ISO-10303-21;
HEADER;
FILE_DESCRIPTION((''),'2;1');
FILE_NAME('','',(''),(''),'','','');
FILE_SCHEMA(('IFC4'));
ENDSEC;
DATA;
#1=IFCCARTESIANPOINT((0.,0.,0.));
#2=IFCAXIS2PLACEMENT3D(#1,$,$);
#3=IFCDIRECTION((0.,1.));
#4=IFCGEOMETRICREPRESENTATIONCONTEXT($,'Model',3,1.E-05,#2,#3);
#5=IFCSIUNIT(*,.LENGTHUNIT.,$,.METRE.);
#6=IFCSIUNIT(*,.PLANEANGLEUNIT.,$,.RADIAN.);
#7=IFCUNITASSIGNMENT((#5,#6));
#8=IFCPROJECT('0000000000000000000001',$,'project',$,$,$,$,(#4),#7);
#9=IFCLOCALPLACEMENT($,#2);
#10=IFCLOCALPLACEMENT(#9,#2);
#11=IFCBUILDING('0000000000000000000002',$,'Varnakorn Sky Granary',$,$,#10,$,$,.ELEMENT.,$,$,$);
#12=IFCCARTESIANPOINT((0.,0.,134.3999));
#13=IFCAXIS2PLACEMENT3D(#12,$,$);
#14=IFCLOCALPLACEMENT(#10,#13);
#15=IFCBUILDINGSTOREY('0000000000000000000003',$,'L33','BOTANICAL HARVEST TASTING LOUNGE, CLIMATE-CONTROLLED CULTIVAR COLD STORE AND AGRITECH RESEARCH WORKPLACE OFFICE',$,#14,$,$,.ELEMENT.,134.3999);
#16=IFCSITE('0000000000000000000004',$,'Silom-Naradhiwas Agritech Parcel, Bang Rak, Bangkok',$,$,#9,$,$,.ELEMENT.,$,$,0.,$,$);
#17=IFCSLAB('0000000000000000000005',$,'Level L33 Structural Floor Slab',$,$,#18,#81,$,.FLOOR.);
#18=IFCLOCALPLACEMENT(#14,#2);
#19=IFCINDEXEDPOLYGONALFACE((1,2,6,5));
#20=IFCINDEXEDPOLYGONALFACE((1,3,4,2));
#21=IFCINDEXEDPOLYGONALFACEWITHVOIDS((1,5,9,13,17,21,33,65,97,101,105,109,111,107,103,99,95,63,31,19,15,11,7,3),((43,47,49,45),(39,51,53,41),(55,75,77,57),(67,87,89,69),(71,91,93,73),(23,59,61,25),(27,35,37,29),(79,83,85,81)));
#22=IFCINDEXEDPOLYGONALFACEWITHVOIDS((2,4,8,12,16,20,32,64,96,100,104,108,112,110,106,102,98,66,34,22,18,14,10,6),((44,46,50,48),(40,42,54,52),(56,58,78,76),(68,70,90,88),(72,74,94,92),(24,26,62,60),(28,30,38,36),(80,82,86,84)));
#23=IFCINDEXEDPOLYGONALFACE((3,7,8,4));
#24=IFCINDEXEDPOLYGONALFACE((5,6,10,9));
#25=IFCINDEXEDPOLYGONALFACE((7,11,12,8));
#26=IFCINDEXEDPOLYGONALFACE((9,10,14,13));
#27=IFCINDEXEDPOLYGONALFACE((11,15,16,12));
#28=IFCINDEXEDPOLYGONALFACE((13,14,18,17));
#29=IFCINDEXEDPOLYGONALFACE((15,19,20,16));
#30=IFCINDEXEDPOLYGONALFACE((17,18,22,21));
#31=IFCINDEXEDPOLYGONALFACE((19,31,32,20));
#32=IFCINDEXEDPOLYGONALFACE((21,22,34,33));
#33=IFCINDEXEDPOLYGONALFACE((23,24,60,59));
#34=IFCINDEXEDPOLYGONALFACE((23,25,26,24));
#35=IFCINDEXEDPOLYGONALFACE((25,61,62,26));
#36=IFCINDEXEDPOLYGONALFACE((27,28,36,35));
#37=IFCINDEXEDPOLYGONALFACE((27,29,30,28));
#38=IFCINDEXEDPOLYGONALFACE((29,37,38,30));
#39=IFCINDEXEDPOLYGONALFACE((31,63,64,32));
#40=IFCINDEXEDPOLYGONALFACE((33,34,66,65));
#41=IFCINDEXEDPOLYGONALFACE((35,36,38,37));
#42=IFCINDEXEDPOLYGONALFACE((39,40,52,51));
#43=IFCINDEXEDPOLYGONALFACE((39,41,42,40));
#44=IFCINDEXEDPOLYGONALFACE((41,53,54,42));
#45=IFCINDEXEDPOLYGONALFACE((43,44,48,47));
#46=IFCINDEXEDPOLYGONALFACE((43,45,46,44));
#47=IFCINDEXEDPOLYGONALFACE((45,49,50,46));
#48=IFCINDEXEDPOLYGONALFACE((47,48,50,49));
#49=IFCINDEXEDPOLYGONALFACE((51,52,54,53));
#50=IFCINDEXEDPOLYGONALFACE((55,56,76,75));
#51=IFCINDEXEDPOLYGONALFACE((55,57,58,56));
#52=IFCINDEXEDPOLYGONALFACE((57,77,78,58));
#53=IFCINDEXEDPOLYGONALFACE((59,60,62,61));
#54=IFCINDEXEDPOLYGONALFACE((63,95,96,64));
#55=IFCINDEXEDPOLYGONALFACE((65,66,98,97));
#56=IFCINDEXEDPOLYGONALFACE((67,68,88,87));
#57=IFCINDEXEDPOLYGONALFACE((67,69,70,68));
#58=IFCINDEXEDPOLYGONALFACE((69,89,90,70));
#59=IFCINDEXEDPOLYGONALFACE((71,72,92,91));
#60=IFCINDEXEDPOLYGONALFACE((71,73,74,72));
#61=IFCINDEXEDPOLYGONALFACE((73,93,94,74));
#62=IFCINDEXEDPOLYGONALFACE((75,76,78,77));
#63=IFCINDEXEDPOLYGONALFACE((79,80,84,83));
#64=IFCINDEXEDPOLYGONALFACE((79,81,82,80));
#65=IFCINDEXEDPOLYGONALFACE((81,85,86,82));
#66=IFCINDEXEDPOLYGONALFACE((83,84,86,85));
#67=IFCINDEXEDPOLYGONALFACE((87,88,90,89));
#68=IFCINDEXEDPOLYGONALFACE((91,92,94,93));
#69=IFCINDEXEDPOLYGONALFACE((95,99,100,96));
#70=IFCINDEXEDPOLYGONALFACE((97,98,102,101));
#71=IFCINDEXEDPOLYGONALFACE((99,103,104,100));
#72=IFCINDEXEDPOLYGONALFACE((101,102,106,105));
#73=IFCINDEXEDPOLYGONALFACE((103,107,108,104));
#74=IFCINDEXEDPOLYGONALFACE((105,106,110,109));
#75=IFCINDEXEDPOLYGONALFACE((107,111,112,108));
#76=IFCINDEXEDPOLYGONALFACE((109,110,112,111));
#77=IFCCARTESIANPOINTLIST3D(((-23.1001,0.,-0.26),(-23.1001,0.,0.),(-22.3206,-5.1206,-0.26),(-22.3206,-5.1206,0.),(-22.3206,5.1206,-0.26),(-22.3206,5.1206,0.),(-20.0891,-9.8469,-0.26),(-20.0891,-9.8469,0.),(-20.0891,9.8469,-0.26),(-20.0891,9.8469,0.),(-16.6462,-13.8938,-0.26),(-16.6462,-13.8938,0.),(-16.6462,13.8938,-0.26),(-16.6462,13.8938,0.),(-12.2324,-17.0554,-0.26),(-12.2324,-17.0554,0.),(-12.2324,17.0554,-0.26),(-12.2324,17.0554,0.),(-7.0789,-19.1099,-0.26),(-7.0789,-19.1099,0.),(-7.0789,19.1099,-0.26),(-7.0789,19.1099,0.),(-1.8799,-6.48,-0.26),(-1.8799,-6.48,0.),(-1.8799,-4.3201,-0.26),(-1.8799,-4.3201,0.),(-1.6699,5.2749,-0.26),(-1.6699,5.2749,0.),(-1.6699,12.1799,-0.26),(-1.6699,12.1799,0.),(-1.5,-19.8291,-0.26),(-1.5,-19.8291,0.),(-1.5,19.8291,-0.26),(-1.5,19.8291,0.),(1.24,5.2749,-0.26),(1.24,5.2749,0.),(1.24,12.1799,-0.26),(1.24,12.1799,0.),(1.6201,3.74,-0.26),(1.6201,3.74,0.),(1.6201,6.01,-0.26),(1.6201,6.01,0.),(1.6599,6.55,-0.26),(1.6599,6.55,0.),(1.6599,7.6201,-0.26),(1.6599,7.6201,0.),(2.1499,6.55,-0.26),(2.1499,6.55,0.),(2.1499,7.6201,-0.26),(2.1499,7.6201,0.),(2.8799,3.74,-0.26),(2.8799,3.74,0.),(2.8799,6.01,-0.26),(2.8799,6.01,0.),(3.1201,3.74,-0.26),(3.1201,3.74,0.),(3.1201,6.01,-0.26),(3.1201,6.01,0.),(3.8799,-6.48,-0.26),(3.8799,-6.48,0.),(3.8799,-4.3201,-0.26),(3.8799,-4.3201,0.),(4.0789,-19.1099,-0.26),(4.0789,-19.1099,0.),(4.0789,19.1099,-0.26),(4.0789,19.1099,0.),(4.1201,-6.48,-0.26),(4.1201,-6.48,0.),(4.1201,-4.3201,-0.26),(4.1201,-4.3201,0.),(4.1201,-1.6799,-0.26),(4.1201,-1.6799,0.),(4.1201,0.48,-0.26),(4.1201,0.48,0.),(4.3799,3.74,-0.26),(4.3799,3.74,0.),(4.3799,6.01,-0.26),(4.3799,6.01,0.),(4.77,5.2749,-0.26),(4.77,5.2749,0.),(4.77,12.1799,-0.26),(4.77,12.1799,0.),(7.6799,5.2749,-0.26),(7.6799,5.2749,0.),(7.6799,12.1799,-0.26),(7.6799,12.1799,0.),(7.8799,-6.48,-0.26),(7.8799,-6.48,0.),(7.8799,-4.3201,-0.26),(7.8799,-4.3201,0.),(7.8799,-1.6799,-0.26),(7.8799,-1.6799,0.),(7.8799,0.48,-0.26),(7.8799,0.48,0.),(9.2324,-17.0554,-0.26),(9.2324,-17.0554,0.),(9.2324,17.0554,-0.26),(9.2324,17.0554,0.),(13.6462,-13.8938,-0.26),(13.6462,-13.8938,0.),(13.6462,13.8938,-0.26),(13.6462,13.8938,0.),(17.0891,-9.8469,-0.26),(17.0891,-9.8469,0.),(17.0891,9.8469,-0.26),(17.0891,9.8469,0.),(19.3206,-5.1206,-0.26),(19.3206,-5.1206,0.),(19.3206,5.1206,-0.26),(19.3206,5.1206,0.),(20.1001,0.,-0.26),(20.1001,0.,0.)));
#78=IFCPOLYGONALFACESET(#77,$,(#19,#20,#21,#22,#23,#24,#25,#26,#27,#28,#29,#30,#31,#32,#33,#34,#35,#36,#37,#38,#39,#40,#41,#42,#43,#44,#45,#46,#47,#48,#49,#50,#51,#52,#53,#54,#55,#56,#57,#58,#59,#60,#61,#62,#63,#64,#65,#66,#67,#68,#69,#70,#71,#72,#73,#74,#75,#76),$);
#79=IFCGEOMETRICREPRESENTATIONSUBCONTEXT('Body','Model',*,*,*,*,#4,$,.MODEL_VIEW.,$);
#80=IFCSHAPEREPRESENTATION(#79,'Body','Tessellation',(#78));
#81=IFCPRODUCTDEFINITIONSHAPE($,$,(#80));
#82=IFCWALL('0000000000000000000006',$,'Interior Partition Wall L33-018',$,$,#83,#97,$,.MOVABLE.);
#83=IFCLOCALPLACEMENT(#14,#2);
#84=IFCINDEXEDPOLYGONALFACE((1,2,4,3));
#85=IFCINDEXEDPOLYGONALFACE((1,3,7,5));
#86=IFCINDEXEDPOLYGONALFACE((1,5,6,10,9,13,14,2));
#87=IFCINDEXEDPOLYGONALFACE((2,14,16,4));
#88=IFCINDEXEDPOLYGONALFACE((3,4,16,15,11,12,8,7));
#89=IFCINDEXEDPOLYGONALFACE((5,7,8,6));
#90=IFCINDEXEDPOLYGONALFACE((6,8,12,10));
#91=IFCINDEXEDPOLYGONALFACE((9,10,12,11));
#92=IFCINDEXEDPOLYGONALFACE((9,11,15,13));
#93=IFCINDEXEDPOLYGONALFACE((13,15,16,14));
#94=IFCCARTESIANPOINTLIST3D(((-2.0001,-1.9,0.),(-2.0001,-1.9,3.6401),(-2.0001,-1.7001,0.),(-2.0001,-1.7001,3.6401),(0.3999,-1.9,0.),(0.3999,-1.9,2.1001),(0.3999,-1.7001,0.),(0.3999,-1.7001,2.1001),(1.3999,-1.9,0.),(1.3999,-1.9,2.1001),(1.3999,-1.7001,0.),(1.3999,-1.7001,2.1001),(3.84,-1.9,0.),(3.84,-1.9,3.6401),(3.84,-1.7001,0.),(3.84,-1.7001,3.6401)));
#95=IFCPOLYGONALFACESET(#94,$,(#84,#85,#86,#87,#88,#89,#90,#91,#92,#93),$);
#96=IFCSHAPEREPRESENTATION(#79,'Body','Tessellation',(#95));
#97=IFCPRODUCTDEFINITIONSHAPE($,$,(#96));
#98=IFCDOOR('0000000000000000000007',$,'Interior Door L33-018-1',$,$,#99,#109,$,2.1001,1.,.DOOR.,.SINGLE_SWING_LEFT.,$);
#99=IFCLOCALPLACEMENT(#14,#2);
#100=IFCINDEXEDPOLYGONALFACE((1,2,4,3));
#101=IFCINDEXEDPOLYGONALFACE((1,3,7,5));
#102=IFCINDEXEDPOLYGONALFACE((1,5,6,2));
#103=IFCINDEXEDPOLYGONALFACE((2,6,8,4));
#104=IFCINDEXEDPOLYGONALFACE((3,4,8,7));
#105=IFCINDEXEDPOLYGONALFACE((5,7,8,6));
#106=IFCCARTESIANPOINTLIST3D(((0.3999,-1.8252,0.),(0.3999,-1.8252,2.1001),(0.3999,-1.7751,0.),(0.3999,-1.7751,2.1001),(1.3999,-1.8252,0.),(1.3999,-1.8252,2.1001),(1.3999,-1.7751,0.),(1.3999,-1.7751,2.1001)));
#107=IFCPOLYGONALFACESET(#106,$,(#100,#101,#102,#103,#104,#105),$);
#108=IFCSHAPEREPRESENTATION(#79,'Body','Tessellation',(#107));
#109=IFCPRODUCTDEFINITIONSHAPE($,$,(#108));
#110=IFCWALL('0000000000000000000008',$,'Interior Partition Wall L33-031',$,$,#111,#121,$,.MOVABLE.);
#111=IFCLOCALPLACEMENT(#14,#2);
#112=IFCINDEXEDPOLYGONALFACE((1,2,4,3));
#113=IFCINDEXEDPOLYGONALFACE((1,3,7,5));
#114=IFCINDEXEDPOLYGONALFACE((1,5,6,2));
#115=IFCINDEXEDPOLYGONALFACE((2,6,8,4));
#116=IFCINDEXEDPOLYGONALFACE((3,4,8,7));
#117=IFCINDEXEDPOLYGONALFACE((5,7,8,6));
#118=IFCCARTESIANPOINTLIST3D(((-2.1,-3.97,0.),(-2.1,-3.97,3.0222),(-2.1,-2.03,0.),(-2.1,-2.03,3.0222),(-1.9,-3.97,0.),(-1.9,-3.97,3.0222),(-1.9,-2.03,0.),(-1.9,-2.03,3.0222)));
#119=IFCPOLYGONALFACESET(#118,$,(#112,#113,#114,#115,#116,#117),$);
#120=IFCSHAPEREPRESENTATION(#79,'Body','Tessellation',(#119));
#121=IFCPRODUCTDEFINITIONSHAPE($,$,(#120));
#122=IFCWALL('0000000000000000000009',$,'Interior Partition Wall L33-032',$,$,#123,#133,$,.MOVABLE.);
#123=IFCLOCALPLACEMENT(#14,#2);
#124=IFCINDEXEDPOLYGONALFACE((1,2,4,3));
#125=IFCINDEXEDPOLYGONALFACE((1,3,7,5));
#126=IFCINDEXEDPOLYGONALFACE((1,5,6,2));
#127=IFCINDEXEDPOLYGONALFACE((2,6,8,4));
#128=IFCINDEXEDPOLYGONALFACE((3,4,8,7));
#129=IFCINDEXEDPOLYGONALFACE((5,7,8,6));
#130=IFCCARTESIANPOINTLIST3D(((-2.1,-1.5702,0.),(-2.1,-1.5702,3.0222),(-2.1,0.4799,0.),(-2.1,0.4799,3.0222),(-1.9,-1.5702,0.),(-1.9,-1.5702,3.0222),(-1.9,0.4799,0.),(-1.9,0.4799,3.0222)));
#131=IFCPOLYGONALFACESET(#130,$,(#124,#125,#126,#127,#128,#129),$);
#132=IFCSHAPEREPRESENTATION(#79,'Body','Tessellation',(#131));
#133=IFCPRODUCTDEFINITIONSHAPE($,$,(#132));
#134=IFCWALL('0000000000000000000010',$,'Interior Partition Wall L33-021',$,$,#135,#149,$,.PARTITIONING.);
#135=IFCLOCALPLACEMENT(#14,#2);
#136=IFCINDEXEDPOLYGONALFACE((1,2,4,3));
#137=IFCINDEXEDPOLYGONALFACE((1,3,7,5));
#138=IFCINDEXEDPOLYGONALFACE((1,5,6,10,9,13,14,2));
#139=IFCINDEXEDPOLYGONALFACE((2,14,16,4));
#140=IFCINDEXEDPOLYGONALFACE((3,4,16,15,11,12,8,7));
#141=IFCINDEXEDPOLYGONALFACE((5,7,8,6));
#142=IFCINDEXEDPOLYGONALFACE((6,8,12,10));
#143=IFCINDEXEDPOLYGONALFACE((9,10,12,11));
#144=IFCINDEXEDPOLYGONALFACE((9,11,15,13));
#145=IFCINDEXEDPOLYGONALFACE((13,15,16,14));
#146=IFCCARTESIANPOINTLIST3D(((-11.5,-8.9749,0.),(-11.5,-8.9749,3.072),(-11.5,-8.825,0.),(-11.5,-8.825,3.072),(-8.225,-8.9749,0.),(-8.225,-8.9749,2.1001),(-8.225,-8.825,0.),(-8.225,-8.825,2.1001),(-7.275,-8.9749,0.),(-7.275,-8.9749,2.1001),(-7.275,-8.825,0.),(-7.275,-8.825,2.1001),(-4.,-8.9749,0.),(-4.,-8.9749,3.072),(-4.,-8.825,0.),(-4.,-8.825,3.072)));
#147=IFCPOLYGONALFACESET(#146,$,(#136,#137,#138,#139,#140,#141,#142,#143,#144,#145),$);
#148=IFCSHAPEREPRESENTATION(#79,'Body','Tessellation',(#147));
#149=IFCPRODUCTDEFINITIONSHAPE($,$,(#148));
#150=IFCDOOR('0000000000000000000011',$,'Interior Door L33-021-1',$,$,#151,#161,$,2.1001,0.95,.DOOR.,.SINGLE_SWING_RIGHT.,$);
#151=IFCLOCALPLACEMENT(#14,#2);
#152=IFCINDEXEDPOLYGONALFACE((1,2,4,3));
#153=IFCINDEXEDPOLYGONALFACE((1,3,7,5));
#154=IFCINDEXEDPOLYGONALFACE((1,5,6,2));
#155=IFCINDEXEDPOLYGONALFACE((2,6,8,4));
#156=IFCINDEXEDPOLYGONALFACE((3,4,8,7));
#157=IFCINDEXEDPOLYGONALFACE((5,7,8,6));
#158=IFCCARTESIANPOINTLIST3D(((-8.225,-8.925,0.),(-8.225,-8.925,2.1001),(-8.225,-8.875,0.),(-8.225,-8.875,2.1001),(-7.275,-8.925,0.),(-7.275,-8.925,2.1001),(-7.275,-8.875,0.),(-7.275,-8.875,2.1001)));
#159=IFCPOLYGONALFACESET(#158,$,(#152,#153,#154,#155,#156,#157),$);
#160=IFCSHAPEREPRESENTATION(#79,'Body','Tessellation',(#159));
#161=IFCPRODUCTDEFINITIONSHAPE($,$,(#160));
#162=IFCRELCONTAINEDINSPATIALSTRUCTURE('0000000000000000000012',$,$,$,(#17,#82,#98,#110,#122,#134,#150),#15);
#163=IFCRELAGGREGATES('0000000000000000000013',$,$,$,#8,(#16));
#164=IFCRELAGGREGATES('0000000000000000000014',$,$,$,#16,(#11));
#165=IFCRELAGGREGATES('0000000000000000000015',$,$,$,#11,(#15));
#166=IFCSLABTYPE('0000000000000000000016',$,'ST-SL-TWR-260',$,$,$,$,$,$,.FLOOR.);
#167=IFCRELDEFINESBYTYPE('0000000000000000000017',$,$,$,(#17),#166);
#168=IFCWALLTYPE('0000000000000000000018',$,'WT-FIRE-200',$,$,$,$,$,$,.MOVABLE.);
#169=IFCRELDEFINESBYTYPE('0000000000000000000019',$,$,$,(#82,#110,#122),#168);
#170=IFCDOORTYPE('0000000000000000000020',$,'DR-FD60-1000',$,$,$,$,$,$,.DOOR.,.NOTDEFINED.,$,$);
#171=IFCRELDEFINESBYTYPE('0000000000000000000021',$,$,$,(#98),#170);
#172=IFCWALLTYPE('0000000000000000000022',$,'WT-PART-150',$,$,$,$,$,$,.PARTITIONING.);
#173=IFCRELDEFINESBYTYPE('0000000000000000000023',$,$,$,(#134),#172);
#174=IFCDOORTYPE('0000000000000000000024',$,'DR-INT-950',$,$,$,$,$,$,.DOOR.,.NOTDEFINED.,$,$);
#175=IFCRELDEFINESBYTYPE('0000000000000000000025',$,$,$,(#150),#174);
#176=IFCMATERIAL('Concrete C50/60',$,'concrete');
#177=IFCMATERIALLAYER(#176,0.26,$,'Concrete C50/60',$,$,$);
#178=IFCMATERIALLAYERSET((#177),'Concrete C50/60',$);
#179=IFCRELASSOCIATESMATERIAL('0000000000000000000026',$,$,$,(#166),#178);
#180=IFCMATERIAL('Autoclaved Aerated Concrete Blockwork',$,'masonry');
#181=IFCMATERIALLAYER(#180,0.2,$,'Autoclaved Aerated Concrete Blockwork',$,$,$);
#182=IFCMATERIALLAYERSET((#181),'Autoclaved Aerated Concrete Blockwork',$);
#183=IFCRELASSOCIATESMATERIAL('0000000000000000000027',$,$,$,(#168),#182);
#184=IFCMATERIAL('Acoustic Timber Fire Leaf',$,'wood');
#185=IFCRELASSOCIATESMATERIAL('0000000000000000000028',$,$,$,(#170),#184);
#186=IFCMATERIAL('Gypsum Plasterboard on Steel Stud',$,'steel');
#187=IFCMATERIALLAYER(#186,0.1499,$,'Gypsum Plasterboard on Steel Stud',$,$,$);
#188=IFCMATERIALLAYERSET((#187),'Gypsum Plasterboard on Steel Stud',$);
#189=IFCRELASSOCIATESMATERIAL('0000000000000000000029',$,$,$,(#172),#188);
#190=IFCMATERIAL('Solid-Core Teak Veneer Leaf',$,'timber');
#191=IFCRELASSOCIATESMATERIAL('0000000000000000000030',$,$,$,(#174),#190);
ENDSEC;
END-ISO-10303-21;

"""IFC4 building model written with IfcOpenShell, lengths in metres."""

from ifc_helpers import new_model, si_unit, direction, frame, frame_2d, origin, place, context, subcontext, project, spatial, polyline, rectangle, outline, extrude, material, layer, layer_set, type_object, element, fill, save


model = new_model("IFC4")

# Units and contexts
model_context = context("Model", 3, precision=1e-05, world=origin(), true_north=direction((0.0, 1.0)))
body_context = subcontext(model_context, "Body", "Model", "MODEL_VIEW")
ifc_project = project(units=[si_unit("LENGTHUNIT", "METRE"), si_unit("PLANEANGLEUNIT", "RADIAN")], contexts=[model_context])

# Site, building, storey
site_placement = place(None, origin())
site = spatial("IfcSite", under=ifc_project, at=site_placement, Name="Silom-Naradhiwas Agritech Parcel, Bang Rak, Bangkok", CompositionType="ELEMENT", RefElevation=0.0)
building_placement = place(site_placement, origin())
building = spatial("IfcBuilding", under=site, at=building_placement, Name="Varnakorn Sky Granary", CompositionType="ELEMENT")
storey_placement = place(building_placement, frame((0.0, 0.0, 134.3999)))
storey = spatial("IfcBuildingStorey", under=building, at=storey_placement, Name="L33", Description="BOTANICAL HARVEST TASTING LOUNGE, CLIMATE-CONTROLLED CULTIVAR COLD STORE AND AGRITECH RESEARCH WORKPLACE OFFICE", CompositionType="ELEMENT", Elevation=134.3999)

# Shared definitions
ifc_material_1 = material(Name="Concrete C50/60", Category="concrete")

# Slab
ifc_layer_1 = layer(ifc_material_1, 0.26, Name="Concrete C50/60")
ifc_layer_set_1 = layer_set([ifc_layer_1], Name="Concrete C50/60")
slab_type_1 = type_object("IfcSlabType", Name="ST-SL-TWR-260", PredefinedType="FLOOR", material=ifc_layer_set_1)
slab_1_placement = place(storey_placement, frame((0.0, 0.0, -0.26)))
element("IfcSlab", 1, at=slab_1_placement, inside=storey, type_object=slab_type_1, Name="Level L33 Structural Floor Slab", PredefinedType="FLOOR", context=body_context, shape_type="SweptSolid", body=[
    extrude(outline(polyline([(20.1001, 0.0), (19.3206, 5.1206), (17.0891, 9.8469), (13.6462, 13.8938), (9.2324, 17.0554), (4.0789, 19.1099), (-1.5, 19.8291), (-7.0789, 19.1099), (-12.2324, 17.0554), (-16.6462, 13.8938), (-20.0891, 9.8469), (-22.3206, 5.1206), (-23.1001, 0.0), (-22.3206, -5.1206), (-20.0891, -9.8469), (-16.6462, -13.8938), (-12.2324, -17.0554), (-7.0789, -19.1099), (-1.5, -19.8291), (4.0789, -19.1099), (9.2324, -17.0554), (13.6462, -13.8938), (17.0891, -9.8469), (19.3206, -5.1206), (20.1001, 0.0)]), holes=[polyline([(1.24, 5.2749), (1.24, 12.1799), (-1.6699, 12.1799), (-1.6699, 5.2749), (1.24, 5.2749)]), polyline([(7.6799, 5.2749), (7.6799, 12.1799), (4.77, 12.1799), (4.77, 5.2749), (7.6799, 5.2749)]), polyline([(1.6599, 6.55), (2.1499, 6.55), (2.1499, 7.6201), (1.6599, 7.6201), (1.6599, 6.55)]), polyline([(1.6201, 3.74), (2.8799, 3.74), (2.8799, 6.01), (1.6201, 6.01), (1.6201, 3.74)]), polyline([(3.1201, 3.74), (4.3799, 3.74), (4.3799, 6.01), (3.1201, 6.01), (3.1201, 3.74)]), polyline([(4.1201, -1.6799), (7.8799, -1.6799), (7.8799, 0.48), (4.1201, 0.48), (4.1201, -1.6799)]), polyline([(-1.8799, -6.48), (3.8799, -6.48), (3.8799, -4.3201), (-1.8799, -4.3201), (-1.8799, -6.48)]), polyline([(4.1201, -6.48), (7.8799, -6.48), (7.8799, -4.3201), (4.1201, -4.3201), (4.1201, -6.48)])]), origin(), (0.0, 0.0, 1.0), 0.26),
])

# Wall, opening, door
ifc_material_2 = material(Name="Autoclaved Aerated Concrete Blockwork", Category="masonry")
ifc_layer_2 = layer(ifc_material_2, 0.2, Name="Autoclaved Aerated Concrete Blockwork")
ifc_layer_set_2 = layer_set([ifc_layer_2], Name="Autoclaved Aerated Concrete Blockwork")
wall_type_1 = type_object("IfcWallType", Name="WT-FIRE-200", PredefinedType="MOVABLE", material=ifc_layer_set_2)
wall_1_placement = place(storey_placement, frame((-2.0, -1.8, 0.0), z_axis=(0.0, 0.0, 1.0), x_axis=(1.0, 0.0, 0.0)))
wall_1 = element("IfcWall", 2, at=wall_1_placement, inside=storey, type_object=wall_type_1, Name="Interior Partition Wall L33-018", PredefinedType="MOVABLE", context=body_context, shape_type="SweptSolid", body=[
    extrude(rectangle(XDim=5.8401, YDim=0.2, at=frame_2d((2.9199, 0.0))), origin(), (0.0, 0.0, 1.0), 3.6401),
])
opening_1_placement = place(wall_1_placement, frame((2.3999, 0.0, 0.0)))
opening_1 = element("IfcOpeningElement", 3, at=opening_1_placement, cuts=wall_1, PredefinedType="OPENING", context=body_context, shape_type="SweptSolid", body=[
    extrude(rectangle(XDim=1.0, YDim=2.1001, at=frame_2d((0.5, 1.05))), frame((0.0, 0.1099, 0.0), z_axis=(0.0, -1.0, 0.0), x_axis=(1.0, 0.0, 0.0)), (0.0, 0.0, 1.0), 0.22),
])
ifc_material_3 = material(Name="Acoustic Timber Fire Leaf", Category="wood")
door_type_1 = type_object("IfcDoorType", Name="DR-FD60-1000", OperationType="NOTDEFINED", PredefinedType="DOOR", material=ifc_material_3)
door_1_placement = place(opening_1_placement, origin())
door_1 = element("IfcDoor", 4, at=door_1_placement, inside=storey, type_object=door_type_1, Name="Interior Door L33-018-1", OperationType="SINGLE_SWING_LEFT", OverallHeight=2.1001, OverallWidth=1.0, PredefinedType="DOOR", context=body_context, shape_type="SweptSolid", body=[
    extrude(rectangle(XDim=1.0, YDim=2.1001, at=frame_2d((0.5, 1.05))), frame((0.0, 0.0249, 0.0), z_axis=(0.0, -1.0, 0.0), x_axis=(1.0, 0.0, 0.0)), (0.0, 0.0, 1.0), 0.05),
])
fill(opening_1, door_1)

# Walls
wall_2_placement = place(storey_placement, frame((-2.0, -3.97, 0.0), z_axis=(0.0, 0.0, 1.0), x_axis=(0.0, 1.0, 0.0)))
element("IfcWall", 5, at=wall_2_placement, inside=storey, type_object=wall_type_1, Name="Interior Partition Wall L33-031", PredefinedType="MOVABLE", context=body_context, shape_type="SweptSolid", body=[
    extrude(rectangle(XDim=1.9399, YDim=0.2, at=frame_2d((0.97, 0.0))), origin(), (0.0, 0.0, 1.0), 3.0222),
])
wall_3_placement = place(storey_placement, frame((-2.0, -1.5701, 0.0), z_axis=(0.0, 0.0, 1.0), x_axis=(0.0, 1.0, 0.0)))
element("IfcWall", 6, at=wall_3_placement, inside=storey, type_object=wall_type_1, Name="Interior Partition Wall L33-032", PredefinedType="MOVABLE", context=body_context, shape_type="SweptSolid", body=[
    extrude(rectangle(XDim=2.05, YDim=0.2, at=frame_2d((1.0249, 0.0))), origin(), (0.0, 0.0, 1.0), 3.0222),
])

# Wall, opening, door
ifc_material_4 = material(Name="Gypsum Plasterboard on Steel Stud", Category="steel")
ifc_layer_3 = layer(ifc_material_4, 0.1499, Name="Gypsum Plasterboard on Steel Stud")
ifc_layer_set_3 = layer_set([ifc_layer_3], Name="Gypsum Plasterboard on Steel Stud")
wall_type_2 = type_object("IfcWallType", Name="WT-PART-150", PredefinedType="PARTITIONING", material=ifc_layer_set_3)
wall_4_placement = place(storey_placement, frame((-11.5, -8.8999, 0.0), z_axis=(0.0, 0.0, 1.0), x_axis=(1.0, 0.0, 0.0)))
wall_4 = element("IfcWall", 7, at=wall_4_placement, inside=storey, type_object=wall_type_2, Name="Interior Partition Wall L33-021", PredefinedType="PARTITIONING", context=body_context, shape_type="SweptSolid", body=[
    extrude(rectangle(XDim=7.5, YDim=0.1499, at=frame_2d((3.75, 0.0))), origin(), (0.0, 0.0, 1.0), 3.072),
])
opening_2_placement = place(wall_4_placement, frame((3.2749, 0.0, 0.0)))
opening_2 = element("IfcOpeningElement", 8, at=opening_2_placement, cuts=wall_4, PredefinedType="OPENING", context=body_context, shape_type="SweptSolid", body=[
    extrude(rectangle(XDim=0.95, YDim=2.1001, at=frame_2d((0.4751, 1.05))), frame((0.0, 0.085, 0.0), z_axis=(0.0, -1.0, 0.0), x_axis=(1.0, 0.0, 0.0)), (0.0, 0.0, 1.0), 0.1699),
])
ifc_material_5 = material(Name="Solid-Core Teak Veneer Leaf", Category="timber")
door_type_2 = type_object("IfcDoorType", Name="DR-INT-950", OperationType="NOTDEFINED", PredefinedType="DOOR", material=ifc_material_5)
door_2_placement = place(opening_2_placement, origin())
door_2 = element("IfcDoor", 9, at=door_2_placement, inside=storey, type_object=door_type_2, Name="Interior Door L33-021-1", OperationType="SINGLE_SWING_RIGHT", OverallHeight=2.1001, OverallWidth=0.95, PredefinedType="DOOR", context=body_context, shape_type="SweptSolid", body=[
    extrude(rectangle(XDim=0.95, YDim=2.1001, at=frame_2d((0.4751, 1.05))), frame((0.0, 0.0249, 0.0), z_axis=(0.0, -1.0, 0.0), x_axis=(1.0, 0.0, 0.0)), (0.0, 0.0, 1.0), 0.05),
])
fill(opening_2, door_2)

save(model, "model.ifc")
